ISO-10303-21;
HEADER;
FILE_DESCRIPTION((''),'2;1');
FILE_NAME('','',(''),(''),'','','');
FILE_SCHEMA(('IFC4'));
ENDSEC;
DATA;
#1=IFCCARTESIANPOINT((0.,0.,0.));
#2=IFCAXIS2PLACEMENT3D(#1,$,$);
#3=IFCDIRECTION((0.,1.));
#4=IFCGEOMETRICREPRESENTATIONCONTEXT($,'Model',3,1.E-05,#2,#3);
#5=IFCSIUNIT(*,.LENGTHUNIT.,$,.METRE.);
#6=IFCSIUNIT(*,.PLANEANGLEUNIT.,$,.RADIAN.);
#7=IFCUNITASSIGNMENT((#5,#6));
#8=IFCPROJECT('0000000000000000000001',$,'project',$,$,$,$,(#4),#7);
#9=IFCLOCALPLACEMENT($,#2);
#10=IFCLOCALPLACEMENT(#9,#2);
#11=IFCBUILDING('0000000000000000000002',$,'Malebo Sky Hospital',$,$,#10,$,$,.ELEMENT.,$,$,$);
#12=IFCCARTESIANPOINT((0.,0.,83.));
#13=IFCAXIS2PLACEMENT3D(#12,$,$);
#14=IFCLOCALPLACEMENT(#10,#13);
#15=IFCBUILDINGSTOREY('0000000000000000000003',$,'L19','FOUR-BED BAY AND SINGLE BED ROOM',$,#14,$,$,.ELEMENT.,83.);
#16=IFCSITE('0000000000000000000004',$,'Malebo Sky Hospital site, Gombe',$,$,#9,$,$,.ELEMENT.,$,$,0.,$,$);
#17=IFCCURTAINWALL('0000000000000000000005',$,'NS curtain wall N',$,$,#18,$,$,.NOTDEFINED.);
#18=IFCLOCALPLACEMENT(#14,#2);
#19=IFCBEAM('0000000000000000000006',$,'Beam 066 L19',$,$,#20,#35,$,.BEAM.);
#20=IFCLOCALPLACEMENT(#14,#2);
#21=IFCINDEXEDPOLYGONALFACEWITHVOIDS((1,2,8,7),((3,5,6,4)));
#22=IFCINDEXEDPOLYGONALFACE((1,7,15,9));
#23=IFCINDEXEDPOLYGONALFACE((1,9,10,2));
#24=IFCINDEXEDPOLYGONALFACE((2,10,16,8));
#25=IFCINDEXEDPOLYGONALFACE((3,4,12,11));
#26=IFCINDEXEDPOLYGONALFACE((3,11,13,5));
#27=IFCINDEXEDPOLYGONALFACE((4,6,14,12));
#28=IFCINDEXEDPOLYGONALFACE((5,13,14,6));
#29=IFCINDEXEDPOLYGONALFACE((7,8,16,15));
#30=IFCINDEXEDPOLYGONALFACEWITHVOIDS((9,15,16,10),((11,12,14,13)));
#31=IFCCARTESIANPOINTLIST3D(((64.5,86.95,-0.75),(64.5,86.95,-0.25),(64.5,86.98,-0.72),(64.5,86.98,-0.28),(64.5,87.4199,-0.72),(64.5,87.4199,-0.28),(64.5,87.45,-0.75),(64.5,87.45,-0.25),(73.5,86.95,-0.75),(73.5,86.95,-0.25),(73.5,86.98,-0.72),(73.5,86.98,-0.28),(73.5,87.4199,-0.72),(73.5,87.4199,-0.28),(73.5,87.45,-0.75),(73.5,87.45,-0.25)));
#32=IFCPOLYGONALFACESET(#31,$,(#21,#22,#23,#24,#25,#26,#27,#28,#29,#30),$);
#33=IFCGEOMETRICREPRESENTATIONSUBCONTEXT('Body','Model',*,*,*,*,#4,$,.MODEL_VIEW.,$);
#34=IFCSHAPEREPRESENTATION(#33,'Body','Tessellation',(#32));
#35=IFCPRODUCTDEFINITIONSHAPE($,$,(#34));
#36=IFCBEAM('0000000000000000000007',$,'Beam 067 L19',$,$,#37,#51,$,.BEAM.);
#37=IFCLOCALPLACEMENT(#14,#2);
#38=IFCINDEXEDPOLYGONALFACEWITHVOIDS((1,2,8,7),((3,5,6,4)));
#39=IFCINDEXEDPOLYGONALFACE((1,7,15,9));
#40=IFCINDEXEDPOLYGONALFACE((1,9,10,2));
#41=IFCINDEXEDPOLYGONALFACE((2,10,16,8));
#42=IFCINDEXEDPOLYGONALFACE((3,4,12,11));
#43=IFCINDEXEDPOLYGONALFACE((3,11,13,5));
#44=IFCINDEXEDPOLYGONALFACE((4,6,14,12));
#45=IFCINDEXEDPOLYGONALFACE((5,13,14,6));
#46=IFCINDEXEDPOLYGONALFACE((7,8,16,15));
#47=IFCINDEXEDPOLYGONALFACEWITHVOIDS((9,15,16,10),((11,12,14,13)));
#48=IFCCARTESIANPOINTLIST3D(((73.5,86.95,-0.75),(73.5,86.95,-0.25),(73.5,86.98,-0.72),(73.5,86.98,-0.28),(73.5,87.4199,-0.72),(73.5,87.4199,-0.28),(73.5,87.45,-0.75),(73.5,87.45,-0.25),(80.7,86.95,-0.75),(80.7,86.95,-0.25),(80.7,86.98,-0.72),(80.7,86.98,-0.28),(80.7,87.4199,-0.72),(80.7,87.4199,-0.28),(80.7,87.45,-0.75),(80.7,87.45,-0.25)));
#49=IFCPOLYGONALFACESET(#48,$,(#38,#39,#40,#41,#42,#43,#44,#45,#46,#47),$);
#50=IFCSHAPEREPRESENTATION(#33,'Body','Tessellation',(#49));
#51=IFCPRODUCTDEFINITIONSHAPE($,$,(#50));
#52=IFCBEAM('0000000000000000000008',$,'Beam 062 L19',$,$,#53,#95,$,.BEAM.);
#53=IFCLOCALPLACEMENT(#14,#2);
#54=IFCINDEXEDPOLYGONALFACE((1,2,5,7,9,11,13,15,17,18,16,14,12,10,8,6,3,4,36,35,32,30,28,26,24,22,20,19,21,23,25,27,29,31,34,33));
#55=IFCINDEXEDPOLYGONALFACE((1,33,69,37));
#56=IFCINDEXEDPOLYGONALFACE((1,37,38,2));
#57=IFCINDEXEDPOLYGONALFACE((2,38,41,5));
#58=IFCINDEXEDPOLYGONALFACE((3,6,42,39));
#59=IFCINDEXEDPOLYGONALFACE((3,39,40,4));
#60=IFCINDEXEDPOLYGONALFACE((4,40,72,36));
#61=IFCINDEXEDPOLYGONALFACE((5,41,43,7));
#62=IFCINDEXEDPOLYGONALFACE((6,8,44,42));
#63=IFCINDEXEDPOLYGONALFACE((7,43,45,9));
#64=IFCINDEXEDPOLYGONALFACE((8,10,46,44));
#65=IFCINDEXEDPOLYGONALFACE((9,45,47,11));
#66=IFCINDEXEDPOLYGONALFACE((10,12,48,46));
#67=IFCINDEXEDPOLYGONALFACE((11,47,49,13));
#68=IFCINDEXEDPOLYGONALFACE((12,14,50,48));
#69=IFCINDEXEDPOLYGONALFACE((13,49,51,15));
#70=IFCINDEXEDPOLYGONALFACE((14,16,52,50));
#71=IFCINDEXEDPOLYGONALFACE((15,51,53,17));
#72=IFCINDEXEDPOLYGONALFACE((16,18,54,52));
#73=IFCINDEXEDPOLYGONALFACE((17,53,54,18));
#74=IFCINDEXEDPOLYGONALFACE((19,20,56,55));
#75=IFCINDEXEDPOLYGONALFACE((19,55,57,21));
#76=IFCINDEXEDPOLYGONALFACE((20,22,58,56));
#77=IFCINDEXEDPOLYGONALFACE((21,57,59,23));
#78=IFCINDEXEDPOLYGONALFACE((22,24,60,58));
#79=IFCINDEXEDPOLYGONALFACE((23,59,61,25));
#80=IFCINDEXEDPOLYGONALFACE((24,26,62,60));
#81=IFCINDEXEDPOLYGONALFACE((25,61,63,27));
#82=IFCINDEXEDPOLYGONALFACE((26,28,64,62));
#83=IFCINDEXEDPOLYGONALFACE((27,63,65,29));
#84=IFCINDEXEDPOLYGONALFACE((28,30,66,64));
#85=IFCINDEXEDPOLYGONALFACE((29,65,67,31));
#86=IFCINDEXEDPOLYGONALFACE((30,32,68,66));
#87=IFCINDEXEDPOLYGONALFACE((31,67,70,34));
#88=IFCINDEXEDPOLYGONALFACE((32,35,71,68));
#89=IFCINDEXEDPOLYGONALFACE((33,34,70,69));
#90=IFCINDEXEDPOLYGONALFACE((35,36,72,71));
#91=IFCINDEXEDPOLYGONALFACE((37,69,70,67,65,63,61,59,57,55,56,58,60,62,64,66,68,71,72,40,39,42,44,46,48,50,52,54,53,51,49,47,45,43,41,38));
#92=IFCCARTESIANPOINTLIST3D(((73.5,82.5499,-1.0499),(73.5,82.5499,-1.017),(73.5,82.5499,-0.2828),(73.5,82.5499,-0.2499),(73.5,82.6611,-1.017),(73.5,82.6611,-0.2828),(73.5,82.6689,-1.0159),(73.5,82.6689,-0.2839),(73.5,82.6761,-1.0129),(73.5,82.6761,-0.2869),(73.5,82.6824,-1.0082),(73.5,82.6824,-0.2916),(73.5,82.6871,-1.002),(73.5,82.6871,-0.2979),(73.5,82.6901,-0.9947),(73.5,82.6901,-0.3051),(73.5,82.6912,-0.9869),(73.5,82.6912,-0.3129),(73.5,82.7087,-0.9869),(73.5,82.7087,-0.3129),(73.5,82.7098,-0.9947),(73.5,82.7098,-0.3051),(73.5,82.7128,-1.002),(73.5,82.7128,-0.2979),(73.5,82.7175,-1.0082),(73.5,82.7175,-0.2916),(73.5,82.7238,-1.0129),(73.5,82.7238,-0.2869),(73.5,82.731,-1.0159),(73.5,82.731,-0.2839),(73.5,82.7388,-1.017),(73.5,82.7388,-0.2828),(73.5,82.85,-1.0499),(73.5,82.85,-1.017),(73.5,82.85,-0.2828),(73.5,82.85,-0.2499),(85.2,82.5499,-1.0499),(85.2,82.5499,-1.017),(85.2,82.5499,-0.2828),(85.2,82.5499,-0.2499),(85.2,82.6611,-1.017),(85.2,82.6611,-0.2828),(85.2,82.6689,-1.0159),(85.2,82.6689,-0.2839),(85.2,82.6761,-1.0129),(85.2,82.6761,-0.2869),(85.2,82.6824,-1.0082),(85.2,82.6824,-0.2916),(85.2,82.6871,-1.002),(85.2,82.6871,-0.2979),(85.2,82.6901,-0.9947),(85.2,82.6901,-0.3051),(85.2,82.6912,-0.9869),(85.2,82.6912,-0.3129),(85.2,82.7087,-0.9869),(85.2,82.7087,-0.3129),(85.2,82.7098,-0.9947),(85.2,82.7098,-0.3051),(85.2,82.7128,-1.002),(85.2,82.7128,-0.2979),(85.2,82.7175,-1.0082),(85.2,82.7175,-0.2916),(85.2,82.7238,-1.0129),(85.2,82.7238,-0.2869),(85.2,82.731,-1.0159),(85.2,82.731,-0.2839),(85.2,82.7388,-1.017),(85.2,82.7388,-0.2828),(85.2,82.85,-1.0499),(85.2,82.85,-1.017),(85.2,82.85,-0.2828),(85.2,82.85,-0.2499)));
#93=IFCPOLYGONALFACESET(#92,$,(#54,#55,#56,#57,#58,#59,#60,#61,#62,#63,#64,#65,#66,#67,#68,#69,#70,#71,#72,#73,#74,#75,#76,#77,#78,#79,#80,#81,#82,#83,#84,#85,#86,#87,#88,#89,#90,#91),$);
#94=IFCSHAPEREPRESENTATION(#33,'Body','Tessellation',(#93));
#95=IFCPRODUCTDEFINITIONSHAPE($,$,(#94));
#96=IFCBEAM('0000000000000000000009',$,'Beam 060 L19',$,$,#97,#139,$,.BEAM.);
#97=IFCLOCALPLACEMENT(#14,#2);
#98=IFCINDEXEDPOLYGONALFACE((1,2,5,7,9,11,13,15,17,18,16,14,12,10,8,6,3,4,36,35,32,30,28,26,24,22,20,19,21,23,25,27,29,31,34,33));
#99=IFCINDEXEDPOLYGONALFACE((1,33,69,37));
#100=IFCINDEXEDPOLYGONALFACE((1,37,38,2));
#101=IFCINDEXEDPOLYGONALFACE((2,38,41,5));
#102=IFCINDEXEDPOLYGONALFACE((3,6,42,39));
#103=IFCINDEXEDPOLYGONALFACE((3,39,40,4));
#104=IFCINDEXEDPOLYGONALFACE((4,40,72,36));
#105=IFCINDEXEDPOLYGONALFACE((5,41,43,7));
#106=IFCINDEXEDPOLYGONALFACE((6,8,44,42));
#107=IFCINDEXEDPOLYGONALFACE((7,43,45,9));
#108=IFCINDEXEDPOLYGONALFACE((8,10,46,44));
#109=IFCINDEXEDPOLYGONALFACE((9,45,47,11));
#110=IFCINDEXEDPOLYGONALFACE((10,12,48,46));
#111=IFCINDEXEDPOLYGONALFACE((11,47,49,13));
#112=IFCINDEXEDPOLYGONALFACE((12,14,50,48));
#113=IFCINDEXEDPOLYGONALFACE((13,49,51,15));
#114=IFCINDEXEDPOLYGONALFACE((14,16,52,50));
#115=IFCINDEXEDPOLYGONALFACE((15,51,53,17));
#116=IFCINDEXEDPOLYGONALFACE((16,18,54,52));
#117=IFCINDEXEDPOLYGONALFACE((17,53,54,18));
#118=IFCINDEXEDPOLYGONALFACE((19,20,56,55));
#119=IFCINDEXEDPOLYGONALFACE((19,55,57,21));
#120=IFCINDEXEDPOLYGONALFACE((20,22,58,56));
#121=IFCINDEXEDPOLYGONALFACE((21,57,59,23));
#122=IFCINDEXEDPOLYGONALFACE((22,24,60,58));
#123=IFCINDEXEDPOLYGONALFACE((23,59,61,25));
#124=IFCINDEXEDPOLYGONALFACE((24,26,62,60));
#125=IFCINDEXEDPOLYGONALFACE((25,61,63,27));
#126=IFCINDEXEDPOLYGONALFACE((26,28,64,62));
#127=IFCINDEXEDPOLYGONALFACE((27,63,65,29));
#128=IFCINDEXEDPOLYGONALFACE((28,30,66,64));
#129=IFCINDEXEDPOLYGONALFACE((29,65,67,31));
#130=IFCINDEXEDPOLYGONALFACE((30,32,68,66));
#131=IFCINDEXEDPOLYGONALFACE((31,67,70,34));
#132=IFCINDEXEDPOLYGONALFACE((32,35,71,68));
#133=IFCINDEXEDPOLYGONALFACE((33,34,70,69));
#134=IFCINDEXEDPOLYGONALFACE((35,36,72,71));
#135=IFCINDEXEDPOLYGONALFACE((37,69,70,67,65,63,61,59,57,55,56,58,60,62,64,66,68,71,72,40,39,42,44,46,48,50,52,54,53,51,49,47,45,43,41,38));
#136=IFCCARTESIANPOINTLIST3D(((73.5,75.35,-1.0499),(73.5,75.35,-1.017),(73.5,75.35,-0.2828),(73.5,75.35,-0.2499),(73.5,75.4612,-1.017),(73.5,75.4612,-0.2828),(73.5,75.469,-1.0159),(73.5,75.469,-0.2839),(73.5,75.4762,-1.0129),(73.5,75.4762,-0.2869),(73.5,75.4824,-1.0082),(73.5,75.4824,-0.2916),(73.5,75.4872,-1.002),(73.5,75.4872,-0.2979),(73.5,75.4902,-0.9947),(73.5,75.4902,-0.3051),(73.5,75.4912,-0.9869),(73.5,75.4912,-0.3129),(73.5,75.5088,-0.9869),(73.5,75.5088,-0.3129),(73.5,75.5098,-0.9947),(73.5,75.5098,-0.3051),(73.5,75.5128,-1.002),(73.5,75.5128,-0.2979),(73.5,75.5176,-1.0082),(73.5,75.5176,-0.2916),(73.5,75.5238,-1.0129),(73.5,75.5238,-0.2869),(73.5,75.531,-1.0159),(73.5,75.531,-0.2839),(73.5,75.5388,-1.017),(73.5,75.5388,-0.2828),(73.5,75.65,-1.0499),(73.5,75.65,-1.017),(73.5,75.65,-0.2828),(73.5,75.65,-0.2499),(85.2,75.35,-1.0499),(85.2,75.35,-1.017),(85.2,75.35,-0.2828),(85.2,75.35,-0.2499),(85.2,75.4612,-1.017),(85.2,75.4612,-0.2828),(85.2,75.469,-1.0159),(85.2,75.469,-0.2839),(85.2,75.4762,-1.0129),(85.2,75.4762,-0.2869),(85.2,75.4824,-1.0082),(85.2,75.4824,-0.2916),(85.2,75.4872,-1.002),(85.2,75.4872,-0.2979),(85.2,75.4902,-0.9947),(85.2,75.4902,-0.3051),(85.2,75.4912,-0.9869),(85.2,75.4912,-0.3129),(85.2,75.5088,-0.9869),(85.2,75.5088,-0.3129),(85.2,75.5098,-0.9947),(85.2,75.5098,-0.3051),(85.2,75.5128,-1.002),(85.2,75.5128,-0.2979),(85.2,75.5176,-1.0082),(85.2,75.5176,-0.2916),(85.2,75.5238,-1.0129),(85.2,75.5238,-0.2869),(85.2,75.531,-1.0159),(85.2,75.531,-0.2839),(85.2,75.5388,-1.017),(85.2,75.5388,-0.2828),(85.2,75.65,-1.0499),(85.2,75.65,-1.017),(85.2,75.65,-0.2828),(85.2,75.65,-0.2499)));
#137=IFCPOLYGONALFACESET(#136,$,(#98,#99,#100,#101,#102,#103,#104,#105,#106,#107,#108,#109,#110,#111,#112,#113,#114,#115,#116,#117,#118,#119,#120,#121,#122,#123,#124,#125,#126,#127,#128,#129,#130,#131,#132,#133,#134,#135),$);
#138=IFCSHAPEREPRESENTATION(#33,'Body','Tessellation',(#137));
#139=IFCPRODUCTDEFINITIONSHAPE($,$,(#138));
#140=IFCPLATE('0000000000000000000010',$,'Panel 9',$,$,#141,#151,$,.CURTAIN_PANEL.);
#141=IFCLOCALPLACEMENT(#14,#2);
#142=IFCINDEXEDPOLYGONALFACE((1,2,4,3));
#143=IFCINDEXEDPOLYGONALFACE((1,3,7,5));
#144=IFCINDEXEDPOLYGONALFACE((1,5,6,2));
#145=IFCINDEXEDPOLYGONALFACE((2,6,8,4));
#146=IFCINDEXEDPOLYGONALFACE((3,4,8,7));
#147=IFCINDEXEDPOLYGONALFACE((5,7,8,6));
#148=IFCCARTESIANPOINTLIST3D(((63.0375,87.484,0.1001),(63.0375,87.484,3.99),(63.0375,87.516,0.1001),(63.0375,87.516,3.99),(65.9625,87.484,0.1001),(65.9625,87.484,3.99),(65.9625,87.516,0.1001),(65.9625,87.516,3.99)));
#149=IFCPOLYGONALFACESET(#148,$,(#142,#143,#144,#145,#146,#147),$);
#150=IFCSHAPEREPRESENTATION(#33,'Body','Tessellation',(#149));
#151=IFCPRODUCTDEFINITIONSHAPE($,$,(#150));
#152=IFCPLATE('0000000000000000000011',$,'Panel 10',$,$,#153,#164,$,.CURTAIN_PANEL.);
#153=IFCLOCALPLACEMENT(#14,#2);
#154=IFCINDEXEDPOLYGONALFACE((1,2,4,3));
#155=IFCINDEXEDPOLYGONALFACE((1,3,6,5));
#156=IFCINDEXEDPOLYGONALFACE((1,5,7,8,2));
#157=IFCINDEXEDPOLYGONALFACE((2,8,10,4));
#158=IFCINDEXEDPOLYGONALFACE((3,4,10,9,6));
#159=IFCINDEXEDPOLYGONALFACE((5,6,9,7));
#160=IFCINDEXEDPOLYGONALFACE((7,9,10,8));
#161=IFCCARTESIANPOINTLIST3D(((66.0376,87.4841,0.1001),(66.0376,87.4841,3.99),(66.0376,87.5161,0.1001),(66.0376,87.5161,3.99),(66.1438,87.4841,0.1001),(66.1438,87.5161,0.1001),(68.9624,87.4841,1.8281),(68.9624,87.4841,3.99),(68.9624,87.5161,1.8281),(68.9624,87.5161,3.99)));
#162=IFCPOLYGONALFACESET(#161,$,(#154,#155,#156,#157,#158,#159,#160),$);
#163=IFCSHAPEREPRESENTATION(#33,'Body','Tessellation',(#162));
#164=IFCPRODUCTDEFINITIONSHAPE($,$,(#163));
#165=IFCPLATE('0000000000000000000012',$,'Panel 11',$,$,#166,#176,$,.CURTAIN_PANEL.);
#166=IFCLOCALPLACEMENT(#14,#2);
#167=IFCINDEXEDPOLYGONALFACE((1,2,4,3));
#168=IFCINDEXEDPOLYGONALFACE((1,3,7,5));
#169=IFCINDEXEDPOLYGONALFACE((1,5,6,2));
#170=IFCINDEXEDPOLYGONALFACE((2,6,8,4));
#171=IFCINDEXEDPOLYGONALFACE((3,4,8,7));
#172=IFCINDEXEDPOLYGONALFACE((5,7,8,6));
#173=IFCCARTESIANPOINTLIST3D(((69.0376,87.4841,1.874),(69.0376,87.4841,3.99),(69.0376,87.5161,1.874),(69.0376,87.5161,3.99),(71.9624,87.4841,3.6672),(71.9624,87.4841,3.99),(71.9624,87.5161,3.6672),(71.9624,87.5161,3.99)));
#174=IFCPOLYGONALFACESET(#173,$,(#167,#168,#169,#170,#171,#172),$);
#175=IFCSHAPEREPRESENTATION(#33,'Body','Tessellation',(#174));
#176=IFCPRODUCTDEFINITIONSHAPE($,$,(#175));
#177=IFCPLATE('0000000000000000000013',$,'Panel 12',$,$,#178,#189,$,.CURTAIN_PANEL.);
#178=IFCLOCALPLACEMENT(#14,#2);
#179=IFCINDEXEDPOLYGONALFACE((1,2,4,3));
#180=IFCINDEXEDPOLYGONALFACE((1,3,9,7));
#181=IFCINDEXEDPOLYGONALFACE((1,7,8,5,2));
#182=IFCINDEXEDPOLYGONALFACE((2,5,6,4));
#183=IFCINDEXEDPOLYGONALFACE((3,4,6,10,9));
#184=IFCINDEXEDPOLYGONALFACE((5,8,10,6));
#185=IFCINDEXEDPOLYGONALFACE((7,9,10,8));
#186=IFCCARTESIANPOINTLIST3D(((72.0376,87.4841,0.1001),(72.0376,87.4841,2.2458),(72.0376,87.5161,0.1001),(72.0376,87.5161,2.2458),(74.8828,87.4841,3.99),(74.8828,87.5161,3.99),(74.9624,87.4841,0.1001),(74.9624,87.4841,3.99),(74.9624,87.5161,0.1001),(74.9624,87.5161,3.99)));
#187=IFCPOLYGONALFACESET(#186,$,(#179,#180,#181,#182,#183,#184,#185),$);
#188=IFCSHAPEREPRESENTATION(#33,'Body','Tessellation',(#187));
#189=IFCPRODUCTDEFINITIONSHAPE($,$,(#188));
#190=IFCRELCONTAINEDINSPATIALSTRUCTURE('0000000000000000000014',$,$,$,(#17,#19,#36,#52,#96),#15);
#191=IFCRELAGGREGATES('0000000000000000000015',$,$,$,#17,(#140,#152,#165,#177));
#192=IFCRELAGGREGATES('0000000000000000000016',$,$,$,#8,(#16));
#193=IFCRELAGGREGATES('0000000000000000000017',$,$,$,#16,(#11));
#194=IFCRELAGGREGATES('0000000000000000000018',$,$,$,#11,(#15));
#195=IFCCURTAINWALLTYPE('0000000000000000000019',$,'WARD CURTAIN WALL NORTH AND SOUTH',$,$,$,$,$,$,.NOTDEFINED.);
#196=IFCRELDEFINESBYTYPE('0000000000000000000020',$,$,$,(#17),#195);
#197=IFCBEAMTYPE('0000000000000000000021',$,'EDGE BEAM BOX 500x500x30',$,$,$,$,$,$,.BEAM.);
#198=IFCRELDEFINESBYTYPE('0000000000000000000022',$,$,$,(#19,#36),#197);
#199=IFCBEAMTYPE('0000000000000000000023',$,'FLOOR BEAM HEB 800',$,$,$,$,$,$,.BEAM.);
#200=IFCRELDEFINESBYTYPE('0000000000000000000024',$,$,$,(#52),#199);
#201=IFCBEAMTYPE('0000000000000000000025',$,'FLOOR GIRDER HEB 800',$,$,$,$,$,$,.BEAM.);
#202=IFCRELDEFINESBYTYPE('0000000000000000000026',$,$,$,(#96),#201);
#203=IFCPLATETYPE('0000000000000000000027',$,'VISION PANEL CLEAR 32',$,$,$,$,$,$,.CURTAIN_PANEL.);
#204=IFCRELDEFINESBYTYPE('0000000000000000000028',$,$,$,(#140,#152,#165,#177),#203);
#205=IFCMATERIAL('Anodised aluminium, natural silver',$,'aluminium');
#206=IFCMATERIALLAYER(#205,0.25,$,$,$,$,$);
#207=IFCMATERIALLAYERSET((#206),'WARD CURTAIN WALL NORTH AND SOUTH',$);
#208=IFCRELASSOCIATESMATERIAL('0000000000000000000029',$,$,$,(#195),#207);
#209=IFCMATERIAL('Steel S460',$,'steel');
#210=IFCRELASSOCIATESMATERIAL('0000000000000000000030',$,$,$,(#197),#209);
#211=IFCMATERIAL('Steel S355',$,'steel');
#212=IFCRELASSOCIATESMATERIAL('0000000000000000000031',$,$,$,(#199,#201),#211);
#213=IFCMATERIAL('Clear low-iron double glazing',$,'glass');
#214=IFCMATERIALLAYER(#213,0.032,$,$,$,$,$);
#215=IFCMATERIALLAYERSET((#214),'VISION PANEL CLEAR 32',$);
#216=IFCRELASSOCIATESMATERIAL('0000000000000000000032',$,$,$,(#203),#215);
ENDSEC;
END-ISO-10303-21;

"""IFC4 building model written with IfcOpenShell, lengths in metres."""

from ifc_helpers import new_model, si_unit, direction, frame, origin, origin_2d, place, context, subcontext, project, spatial, polyline, rectangle, hollow_rectangle, i_section, outline, extrude, material, layer, layer_set, material_profile, profile_set, type_object, element, aggregate, save


model = new_model("IFC4")

# Units and contexts
model_context = context("Model", 3, precision=1e-05, world=origin(), true_north=direction((0.0, 1.0)))
body_context = subcontext(model_context, "Body", "Model", "MODEL_VIEW")
ifc_project = project(units=[si_unit("LENGTHUNIT", "METRE"), si_unit("PLANEANGLEUNIT", "RADIAN")], contexts=[model_context])

# Site, building, storey
site_placement = place(None, origin())
site = spatial("IfcSite", under=ifc_project, at=site_placement, Name="Malebo Sky Hospital site, Gombe", CompositionType="ELEMENT", RefElevation=0.0)
building_placement = place(site_placement, origin())
building = spatial("IfcBuilding", under=site, at=building_placement, Name="Malebo Sky Hospital", CompositionType="ELEMENT")
storey_placement = place(building_placement, frame((0.0, 0.0, 83.0)))
storey = spatial("IfcBuildingStorey", under=building, at=storey_placement, Name="L19", Description="FOUR-BED BAY AND SINGLE BED ROOM", CompositionType="ELEMENT", Elevation=83.0)

# Shared definitions
ifc_material_1 = material(Name="Steel S460", Category="steel")

# Curtain wall
ifc_material_2 = material(Name="Anodised aluminium, natural silver", Category="aluminium")
ifc_layer_1 = layer(ifc_material_2, 0.25)
ifc_layer_set_1 = layer_set([ifc_layer_1], Name="WARD CURTAIN WALL NORTH AND SOUTH")
curtain_wall_type = type_object("IfcCurtainWallType", Name="WARD CURTAIN WALL NORTH AND SOUTH", PredefinedType="NOTDEFINED", material=ifc_layer_set_1)
curtain_wall_placement = place(storey_placement, origin())
curtain_wall = element("IfcCurtainWall", 1, at=curtain_wall_placement, inside=storey, type_object=curtain_wall_type, Name="NS curtain wall N", PredefinedType="NOTDEFINED")

# Shared definitions
ifc_material_3 = material(Name="Steel S355", Category="steel")

# Beams
ifc_material_profile_1 = material_profile(ifc_material_1, hollow_rectangle(XDim=0.5, YDim=0.5, WallThickness=0.03, at=origin_2d()), Name="BOX 500x500x30")
ifc_profile_set_1 = profile_set([ifc_material_profile_1], Name="Steel S460")
beam_type_1 = type_object("IfcBeamType", Name="EDGE BEAM BOX 500x500x30", PredefinedType="BEAM", material=ifc_profile_set_1)
beam_1_placement = place(storey_placement, frame((64.5, 87.2, -0.5), z_axis=(1.0, 0.0, 0.0), x_axis=(0.0, 1.0, 0.0)))
element("IfcBeam", 2, at=beam_1_placement, inside=storey, type_object=beam_type_1, Name="Beam 066 L19", PredefinedType="BEAM", context=body_context, shape_type="SweptSolid", body=[
    extrude(hollow_rectangle(XDim=0.5, YDim=0.5, WallThickness=0.03, at=origin_2d()), origin(), (0.0, 0.0, 1.0), 9.0),
])
beam_2_placement = place(storey_placement, frame((73.5, 87.2, -0.5), z_axis=(1.0, 0.0, 0.0), x_axis=(0.0, 1.0, 0.0)))
element("IfcBeam", 3, at=beam_2_placement, inside=storey, type_object=beam_type_1, Name="Beam 067 L19", PredefinedType="BEAM", context=body_context, shape_type="SweptSolid", body=[
    extrude(hollow_rectangle(XDim=0.5, YDim=0.5, WallThickness=0.03, at=origin_2d()), origin(), (0.0, 0.0, 1.0), 7.2),
])
ifc_material_profile_2 = material_profile(ifc_material_3, i_section(OverallWidth=0.3, OverallDepth=0.8, WebThickness=0.0176, FlangeThickness=0.033, FilletRadius=0.03, at=origin_2d()), Name="HEB 800")
ifc_profile_set_2 = profile_set([ifc_material_profile_2], Name="Steel S355")
beam_type_2 = type_object("IfcBeamType", Name="FLOOR BEAM HEB 800", PredefinedType="BEAM", material=ifc_profile_set_2)
beam_3_placement = place(storey_placement, frame((73.5, 82.7, -0.6499), z_axis=(1.0, 0.0, 0.0), x_axis=(0.0, 1.0, 0.0)))
element("IfcBeam", 4, at=beam_3_placement, inside=storey, type_object=beam_type_2, Name="Beam 062 L19", PredefinedType="BEAM", context=body_context, shape_type="SweptSolid", body=[
    extrude(i_section(OverallWidth=0.3, OverallDepth=0.8, WebThickness=0.0176, FlangeThickness=0.033, FilletRadius=0.03, at=origin_2d()), origin(), (0.0, 0.0, 1.0), 11.7),
])
ifc_material_profile_3 = material_profile(ifc_material_3, i_section(OverallWidth=0.3, OverallDepth=0.8, WebThickness=0.0176, FlangeThickness=0.033, FilletRadius=0.03, at=origin_2d()), Name="HEB 800")
ifc_profile_set_3 = profile_set([ifc_material_profile_3], Name="Steel S355")
beam_type_3 = type_object("IfcBeamType", Name="FLOOR GIRDER HEB 800", PredefinedType="BEAM", material=ifc_profile_set_3)
beam_4_placement = place(storey_placement, frame((73.5, 75.5, -0.6499), z_axis=(1.0, 0.0, 0.0), x_axis=(0.0, 1.0, 0.0)))
element("IfcBeam", 5, at=beam_4_placement, inside=storey, type_object=beam_type_3, Name="Beam 060 L19", PredefinedType="BEAM", context=body_context, shape_type="SweptSolid", body=[
    extrude(i_section(OverallWidth=0.3, OverallDepth=0.8, WebThickness=0.0176, FlangeThickness=0.033, FilletRadius=0.03, at=origin_2d()), origin(), (0.0, 0.0, 1.0), 11.7),
])

# Plates
ifc_material_4 = material(Name="Clear low-iron double glazing", Category="glass")
ifc_layer_2 = layer(ifc_material_4, 0.032)
ifc_layer_set_2 = layer_set([ifc_layer_2], Name="VISION PANEL CLEAR 32")
plate_type = type_object("IfcPlateType", Name="VISION PANEL CLEAR 32", PredefinedType="CURTAIN_PANEL", material=ifc_layer_set_2)
plate_1_placement = place(storey_placement, frame((64.5, 87.5, 0.1001), z_axis=(0.0, 0.0, 1.0), x_axis=(1.0, 0.0, 0.0)))
plate_1 = element("IfcPlate", 6, at=plate_1_placement, type_object=plate_type, Name="Panel 9", PredefinedType="CURTAIN_PANEL", context=body_context, shape_type="SweptSolid", body=[
    extrude(rectangle(XDim=2.925, YDim=0.032, at=origin_2d()), origin(), (0.0, 0.0, 1.0), 3.8899),
])
plate_2_placement = place(storey_placement, frame((67.5, 87.5, 0.1001), z_axis=(0.0, 0.0, 1.0), x_axis=(1.0, 0.0, 0.0)))
plate_2 = element("IfcPlate", 7, at=plate_2_placement, type_object=plate_type, Name="Panel 10", PredefinedType="CURTAIN_PANEL", context=body_context, shape_type="SweptSolid", body=[
    extrude(outline(polyline([(-1.4624, 0.0), (-1.3562, 0.0), (1.4624, 1.728), (1.4624, 3.8899), (-1.4624, 3.8899), (-1.4624, 0.0)])), frame((0.0, 0.0161, 0.0), z_axis=(0.0, -1.0, 0.0), x_axis=(1.0, 0.0, 0.0)), (0.0, 0.0, 1.0), 0.032),
])
plate_3_placement = place(storey_placement, frame((70.5, 87.5, 1.874), z_axis=(0.0, 0.0, 1.0), x_axis=(1.0, 0.0, 0.0)))
plate_3 = element("IfcPlate", 8, at=plate_3_placement, type_object=plate_type, Name="Panel 11", PredefinedType="CURTAIN_PANEL", context=body_context, shape_type="SweptSolid", body=[
    extrude(outline(polyline([(-1.4624, 0.0), (1.4624, 1.7932), (1.4624, 2.116), (-1.4624, 2.116), (-1.4624, 0.0)])), frame((0.0, 0.0161, 0.0), z_axis=(0.0, -1.0, 0.0), x_axis=(1.0, 0.0, 0.0)), (0.0, 0.0, 1.0), 0.032),
])
plate_4_placement = place(storey_placement, frame((73.5, 87.5, 0.1001), z_axis=(0.0, 0.0, 1.0), x_axis=(1.0, 0.0, 0.0)))
plate_4 = element("IfcPlate", 9, at=plate_4_placement, type_object=plate_type, Name="Panel 12", PredefinedType="CURTAIN_PANEL", context=body_context, shape_type="SweptSolid", body=[
    extrude(outline(polyline([(-1.4624, 0.0), (1.4624, 0.0), (1.4624, 3.8899), (1.3828, 3.8899), (-1.4624, 2.1458), (-1.4624, 0.0)])), frame((0.0, 0.0161, 0.0), z_axis=(0.0, -1.0, 0.0), x_axis=(1.0, 0.0, 0.0)), (0.0, 0.0, 1.0), 0.032),
])
aggregate(curtain_wall, [plate_1, plate_2, plate_3, plate_4])

save(model, "model.ifc")
